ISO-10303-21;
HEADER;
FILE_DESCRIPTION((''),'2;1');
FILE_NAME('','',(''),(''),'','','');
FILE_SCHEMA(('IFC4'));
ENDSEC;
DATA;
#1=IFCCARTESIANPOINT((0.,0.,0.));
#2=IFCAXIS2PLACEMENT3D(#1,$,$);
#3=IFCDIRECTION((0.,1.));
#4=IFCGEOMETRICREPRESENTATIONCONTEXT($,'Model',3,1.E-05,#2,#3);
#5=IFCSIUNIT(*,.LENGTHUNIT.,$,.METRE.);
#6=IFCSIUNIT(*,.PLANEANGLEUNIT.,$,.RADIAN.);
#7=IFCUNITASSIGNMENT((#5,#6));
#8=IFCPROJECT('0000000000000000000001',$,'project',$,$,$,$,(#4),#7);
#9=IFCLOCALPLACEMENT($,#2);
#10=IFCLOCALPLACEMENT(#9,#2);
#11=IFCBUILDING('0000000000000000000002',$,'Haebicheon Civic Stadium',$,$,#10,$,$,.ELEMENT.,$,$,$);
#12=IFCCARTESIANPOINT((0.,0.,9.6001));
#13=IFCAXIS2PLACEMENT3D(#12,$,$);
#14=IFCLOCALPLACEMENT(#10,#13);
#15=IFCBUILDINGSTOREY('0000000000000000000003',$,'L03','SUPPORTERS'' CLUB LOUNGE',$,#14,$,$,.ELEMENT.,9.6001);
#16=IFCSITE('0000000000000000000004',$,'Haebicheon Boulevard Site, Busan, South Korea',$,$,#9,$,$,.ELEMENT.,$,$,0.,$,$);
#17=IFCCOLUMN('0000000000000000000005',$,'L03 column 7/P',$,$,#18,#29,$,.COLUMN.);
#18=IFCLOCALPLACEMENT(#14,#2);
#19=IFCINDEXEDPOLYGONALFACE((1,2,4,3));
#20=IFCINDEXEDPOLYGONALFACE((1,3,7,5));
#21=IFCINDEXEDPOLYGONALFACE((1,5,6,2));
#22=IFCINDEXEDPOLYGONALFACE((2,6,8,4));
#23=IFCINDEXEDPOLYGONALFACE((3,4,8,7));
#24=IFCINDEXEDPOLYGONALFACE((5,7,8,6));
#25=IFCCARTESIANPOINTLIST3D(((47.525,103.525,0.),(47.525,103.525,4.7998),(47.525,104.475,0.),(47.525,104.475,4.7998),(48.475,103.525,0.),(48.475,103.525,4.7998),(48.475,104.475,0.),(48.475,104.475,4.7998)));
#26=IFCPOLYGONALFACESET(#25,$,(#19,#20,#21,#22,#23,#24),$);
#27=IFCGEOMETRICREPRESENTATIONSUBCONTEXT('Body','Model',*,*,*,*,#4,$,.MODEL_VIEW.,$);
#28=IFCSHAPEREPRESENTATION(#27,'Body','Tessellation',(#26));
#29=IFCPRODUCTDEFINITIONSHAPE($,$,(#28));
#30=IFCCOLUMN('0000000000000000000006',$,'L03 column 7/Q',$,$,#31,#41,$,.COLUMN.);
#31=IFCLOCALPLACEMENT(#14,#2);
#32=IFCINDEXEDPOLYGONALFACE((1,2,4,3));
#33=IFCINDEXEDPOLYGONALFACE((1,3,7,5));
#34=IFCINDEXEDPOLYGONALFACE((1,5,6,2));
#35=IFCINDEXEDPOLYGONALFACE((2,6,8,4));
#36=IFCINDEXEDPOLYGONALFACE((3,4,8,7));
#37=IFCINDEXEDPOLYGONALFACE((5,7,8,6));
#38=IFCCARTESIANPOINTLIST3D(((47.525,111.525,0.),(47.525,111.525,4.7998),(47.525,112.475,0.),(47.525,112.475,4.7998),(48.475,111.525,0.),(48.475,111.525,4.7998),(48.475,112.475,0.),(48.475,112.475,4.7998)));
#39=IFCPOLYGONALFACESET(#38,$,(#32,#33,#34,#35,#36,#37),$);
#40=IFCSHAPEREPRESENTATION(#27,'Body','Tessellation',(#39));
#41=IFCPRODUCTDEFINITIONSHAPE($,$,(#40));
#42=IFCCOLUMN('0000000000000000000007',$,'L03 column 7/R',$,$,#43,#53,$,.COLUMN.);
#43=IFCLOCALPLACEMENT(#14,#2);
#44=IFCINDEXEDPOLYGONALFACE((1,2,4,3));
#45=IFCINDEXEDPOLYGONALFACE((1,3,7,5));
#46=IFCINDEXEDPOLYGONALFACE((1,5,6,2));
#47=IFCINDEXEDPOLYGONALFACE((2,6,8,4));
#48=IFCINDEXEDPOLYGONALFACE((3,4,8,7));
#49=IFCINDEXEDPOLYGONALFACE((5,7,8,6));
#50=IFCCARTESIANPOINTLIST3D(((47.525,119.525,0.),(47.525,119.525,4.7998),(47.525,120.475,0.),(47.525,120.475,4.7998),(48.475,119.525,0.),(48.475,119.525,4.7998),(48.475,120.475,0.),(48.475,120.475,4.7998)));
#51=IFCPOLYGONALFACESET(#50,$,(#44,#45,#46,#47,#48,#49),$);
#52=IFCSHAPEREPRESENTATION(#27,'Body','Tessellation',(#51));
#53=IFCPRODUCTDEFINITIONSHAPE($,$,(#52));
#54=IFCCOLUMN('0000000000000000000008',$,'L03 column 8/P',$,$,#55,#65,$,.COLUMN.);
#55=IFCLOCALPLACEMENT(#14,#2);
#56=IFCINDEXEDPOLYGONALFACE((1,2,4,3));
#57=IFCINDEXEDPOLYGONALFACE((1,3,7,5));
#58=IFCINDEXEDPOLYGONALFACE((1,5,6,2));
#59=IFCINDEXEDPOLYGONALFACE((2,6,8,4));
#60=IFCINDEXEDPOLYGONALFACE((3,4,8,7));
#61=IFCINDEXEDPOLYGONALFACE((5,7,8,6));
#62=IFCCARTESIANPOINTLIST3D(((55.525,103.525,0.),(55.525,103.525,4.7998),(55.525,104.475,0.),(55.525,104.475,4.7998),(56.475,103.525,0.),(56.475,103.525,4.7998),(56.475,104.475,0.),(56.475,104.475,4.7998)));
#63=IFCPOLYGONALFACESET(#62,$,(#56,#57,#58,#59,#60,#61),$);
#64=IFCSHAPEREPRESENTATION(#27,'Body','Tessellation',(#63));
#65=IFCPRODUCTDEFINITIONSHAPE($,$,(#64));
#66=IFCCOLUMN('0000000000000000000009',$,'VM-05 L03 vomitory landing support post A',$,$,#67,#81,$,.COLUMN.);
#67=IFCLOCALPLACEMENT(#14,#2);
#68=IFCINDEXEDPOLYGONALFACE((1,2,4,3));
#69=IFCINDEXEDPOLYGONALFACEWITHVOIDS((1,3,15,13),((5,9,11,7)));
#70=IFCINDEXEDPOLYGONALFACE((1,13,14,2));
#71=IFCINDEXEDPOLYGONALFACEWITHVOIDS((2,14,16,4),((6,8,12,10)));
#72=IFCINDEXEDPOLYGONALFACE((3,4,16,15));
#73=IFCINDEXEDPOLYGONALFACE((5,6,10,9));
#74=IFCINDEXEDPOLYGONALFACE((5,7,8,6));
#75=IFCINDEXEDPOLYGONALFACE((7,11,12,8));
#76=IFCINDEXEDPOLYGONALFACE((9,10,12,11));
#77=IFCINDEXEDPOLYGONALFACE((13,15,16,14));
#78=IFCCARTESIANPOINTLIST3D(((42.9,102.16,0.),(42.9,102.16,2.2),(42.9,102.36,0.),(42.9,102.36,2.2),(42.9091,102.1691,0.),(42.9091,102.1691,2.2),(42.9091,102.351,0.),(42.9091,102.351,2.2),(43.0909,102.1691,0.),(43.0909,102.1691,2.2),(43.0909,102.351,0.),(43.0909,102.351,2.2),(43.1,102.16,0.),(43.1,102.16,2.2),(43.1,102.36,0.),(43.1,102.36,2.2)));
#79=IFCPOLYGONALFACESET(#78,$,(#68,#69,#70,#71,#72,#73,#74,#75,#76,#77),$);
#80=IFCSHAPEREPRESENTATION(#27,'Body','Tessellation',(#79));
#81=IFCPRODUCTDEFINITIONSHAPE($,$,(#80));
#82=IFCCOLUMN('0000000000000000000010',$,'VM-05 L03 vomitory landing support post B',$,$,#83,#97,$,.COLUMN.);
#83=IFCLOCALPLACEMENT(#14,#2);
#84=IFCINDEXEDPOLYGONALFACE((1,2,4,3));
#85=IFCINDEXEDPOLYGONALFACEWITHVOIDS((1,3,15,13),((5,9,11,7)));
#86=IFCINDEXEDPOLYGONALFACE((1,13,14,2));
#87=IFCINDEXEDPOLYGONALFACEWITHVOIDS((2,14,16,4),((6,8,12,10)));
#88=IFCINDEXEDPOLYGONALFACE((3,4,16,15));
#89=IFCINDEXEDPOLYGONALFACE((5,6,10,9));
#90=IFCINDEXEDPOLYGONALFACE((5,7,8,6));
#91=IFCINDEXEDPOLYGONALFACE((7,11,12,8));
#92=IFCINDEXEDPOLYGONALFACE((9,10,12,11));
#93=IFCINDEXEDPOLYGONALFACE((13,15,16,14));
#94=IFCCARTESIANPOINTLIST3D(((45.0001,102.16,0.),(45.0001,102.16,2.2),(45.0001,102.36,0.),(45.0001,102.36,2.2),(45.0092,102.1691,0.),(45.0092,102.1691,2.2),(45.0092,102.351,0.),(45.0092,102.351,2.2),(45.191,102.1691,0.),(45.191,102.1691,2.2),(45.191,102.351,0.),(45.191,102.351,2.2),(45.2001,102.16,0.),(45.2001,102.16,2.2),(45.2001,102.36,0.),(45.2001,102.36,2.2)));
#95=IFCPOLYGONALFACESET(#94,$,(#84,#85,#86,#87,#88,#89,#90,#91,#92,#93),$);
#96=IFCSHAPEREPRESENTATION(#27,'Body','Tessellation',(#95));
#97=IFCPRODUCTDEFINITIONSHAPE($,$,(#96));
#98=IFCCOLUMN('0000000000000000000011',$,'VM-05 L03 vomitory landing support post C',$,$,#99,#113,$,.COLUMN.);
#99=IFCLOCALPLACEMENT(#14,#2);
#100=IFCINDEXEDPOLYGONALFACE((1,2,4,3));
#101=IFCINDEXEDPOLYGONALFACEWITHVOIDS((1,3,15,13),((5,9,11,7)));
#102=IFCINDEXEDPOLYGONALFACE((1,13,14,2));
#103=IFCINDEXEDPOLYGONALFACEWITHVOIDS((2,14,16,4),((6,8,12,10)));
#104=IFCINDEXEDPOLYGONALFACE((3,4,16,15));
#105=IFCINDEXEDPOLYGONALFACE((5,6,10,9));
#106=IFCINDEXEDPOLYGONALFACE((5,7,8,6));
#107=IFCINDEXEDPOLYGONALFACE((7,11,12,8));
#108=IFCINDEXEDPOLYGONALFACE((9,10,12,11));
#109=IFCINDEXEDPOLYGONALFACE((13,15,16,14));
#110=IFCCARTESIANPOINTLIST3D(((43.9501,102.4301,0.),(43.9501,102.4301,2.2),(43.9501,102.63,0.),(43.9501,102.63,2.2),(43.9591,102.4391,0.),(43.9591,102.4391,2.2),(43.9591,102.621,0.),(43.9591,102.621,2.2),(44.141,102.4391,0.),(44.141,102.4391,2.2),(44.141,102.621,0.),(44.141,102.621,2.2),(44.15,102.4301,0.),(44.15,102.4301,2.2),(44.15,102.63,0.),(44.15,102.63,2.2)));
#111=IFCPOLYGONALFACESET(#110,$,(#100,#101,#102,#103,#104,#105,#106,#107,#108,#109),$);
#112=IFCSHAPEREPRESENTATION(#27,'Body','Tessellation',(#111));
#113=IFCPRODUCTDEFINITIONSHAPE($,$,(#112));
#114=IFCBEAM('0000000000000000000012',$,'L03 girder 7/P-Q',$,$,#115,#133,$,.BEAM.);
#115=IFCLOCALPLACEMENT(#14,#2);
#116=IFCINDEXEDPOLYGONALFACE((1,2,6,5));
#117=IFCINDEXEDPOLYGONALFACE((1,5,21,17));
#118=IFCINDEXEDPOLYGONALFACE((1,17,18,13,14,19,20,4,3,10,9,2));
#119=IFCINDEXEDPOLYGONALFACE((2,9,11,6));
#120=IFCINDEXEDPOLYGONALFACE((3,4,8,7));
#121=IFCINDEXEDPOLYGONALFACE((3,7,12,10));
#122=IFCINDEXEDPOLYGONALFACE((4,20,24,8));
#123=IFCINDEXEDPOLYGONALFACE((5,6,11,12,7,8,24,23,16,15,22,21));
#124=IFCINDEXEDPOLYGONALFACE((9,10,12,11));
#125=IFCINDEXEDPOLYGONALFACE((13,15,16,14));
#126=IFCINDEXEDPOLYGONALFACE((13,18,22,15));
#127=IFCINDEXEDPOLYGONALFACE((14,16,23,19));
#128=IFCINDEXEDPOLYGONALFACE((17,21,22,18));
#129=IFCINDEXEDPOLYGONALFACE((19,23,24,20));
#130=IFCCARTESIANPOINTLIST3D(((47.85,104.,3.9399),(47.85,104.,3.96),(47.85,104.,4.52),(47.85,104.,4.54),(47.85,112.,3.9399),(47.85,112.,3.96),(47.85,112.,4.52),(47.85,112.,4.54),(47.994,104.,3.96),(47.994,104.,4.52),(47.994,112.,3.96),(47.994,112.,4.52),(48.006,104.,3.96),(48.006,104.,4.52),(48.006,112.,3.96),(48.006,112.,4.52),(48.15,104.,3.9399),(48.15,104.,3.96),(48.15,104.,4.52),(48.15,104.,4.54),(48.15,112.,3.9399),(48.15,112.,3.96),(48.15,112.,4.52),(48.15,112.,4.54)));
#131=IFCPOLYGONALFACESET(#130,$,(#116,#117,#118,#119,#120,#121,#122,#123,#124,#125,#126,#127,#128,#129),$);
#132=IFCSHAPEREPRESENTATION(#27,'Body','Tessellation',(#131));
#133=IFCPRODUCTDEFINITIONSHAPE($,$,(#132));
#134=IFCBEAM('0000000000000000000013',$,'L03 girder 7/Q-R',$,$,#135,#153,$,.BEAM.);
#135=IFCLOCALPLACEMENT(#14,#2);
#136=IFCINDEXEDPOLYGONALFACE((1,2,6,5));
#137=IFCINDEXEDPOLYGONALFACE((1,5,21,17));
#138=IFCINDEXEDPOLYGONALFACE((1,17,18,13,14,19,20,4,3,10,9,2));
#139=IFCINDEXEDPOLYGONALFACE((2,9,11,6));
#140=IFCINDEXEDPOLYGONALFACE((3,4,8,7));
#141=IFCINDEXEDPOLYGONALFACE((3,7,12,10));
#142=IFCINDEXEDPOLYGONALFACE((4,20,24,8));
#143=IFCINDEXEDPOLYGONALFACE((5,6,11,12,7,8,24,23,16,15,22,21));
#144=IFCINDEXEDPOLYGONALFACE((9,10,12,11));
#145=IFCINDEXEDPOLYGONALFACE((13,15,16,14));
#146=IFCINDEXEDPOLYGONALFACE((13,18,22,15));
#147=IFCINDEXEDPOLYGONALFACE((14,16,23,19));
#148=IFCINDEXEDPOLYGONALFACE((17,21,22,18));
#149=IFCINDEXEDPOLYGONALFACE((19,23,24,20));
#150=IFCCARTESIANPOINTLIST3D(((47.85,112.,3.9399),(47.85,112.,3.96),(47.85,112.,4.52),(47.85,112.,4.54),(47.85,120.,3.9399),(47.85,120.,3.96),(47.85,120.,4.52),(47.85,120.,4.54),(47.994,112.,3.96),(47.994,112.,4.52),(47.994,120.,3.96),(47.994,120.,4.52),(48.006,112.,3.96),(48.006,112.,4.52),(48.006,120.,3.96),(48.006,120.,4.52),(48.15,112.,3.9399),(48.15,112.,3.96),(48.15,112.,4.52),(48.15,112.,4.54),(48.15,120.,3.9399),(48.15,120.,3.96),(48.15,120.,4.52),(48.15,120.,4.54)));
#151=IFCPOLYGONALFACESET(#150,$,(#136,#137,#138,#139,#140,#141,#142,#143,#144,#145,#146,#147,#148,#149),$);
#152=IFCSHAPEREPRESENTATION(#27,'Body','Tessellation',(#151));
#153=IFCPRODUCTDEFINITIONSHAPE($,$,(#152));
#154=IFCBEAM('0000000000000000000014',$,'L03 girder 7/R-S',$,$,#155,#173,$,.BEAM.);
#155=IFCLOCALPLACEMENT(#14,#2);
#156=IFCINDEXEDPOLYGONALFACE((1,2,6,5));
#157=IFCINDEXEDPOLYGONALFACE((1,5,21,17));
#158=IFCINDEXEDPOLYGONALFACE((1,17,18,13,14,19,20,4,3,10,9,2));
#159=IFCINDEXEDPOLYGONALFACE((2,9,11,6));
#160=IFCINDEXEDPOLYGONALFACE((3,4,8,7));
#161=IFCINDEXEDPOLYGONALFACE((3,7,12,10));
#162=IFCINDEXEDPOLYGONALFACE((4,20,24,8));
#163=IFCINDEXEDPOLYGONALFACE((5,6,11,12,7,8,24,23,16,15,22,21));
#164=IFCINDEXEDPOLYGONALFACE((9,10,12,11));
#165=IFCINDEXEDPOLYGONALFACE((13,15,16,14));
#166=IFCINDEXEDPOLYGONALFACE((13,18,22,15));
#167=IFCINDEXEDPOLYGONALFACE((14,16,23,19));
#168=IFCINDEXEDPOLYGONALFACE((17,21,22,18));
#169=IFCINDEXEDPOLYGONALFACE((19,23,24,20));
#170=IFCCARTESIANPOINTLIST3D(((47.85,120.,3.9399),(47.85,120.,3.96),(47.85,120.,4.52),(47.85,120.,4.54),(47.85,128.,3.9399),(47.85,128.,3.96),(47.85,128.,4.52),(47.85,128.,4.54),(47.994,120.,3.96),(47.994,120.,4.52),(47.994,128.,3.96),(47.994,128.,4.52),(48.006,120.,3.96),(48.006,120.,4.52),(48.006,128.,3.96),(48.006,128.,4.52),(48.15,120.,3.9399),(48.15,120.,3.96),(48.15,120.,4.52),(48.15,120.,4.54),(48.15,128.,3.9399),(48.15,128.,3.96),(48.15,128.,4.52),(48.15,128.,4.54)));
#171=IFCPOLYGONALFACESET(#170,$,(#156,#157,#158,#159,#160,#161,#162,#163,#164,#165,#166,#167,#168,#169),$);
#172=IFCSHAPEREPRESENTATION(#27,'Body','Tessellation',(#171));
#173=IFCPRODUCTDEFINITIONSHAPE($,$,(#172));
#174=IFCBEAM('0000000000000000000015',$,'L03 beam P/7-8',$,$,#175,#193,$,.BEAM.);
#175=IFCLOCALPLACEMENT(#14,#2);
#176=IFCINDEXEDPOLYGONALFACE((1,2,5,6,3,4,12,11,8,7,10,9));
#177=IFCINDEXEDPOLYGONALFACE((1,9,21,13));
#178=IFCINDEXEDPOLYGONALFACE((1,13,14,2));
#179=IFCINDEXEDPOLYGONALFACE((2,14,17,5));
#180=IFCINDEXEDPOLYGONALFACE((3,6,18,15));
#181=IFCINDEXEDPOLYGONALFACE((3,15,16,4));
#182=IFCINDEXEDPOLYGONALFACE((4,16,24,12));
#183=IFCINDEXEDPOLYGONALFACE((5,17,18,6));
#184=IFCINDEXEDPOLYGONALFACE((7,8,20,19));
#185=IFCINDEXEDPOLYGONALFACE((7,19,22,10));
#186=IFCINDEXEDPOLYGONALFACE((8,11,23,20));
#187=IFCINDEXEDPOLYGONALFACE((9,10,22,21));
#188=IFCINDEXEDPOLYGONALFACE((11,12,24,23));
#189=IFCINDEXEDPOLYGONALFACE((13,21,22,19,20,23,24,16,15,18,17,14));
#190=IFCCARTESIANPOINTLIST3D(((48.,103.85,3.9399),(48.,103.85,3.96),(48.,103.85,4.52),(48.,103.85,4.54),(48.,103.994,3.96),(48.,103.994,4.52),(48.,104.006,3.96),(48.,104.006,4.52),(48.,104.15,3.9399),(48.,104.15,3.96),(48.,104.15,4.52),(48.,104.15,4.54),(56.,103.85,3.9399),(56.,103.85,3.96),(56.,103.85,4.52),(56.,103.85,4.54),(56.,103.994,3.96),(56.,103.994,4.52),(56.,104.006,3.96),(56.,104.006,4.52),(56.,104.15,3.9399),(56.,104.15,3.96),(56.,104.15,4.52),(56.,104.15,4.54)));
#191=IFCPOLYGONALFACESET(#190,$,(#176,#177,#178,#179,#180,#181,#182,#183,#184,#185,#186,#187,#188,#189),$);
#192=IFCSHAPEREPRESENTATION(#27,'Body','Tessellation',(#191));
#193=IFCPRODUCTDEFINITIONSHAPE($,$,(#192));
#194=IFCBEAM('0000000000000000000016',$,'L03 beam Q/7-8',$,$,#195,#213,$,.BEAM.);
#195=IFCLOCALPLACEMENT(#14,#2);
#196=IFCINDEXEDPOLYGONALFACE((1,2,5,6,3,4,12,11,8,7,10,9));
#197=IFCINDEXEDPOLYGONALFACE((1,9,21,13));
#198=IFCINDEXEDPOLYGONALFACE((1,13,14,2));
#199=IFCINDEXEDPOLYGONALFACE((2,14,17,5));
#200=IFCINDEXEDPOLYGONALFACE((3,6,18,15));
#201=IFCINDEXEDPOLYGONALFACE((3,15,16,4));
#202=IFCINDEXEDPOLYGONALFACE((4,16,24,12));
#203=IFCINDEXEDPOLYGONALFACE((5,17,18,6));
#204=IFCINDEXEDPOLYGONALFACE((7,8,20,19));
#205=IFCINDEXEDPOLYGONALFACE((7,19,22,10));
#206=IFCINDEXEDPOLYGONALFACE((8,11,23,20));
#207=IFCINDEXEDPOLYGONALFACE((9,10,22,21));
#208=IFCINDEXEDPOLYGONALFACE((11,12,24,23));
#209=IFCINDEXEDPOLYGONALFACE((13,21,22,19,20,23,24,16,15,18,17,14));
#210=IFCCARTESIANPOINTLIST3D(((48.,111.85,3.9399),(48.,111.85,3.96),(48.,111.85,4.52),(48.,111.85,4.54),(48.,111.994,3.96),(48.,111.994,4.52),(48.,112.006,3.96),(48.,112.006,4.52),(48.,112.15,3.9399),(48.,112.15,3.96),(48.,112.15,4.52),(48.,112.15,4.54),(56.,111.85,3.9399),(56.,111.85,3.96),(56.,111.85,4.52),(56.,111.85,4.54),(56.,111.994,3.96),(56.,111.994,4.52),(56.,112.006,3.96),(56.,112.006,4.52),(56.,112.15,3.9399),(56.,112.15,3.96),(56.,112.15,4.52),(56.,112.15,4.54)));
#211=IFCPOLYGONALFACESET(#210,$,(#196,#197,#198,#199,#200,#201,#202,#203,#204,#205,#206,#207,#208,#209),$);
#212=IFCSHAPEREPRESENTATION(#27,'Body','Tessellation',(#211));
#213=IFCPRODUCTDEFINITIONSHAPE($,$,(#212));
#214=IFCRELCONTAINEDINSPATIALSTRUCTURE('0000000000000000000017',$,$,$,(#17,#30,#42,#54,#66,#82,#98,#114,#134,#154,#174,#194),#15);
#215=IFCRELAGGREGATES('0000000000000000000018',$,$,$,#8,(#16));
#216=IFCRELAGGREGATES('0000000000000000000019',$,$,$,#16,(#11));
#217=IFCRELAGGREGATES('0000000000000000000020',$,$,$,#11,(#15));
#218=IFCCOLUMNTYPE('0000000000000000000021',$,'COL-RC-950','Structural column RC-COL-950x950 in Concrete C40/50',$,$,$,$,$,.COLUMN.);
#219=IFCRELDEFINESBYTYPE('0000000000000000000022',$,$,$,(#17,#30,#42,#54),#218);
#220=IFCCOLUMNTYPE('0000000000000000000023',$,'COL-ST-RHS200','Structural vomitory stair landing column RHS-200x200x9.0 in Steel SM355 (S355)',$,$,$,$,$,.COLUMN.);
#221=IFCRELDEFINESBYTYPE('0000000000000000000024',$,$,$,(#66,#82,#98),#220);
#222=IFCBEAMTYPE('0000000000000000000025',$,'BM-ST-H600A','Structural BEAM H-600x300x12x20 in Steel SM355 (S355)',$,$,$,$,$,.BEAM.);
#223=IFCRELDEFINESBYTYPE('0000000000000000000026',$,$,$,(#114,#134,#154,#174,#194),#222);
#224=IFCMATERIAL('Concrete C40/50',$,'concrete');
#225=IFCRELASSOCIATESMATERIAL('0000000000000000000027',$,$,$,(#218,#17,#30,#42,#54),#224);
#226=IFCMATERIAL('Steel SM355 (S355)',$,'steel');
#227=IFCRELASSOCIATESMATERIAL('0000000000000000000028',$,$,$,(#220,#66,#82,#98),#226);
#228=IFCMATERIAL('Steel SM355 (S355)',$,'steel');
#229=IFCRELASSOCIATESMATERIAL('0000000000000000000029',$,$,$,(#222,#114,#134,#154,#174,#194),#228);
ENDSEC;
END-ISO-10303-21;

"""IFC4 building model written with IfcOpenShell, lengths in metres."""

from ifc_helpers import new_model, si_unit, direction, frame, origin, origin_2d, place, context, subcontext, project, spatial, rectangle, hollow_rectangle, i_section, extrude, material, material_profile, profile_set, type_object, element, save


model = new_model("IFC4")

# Units and contexts
model_context = context("Model", 3, precision=1e-05, world=origin(), true_north=direction((0.0, 1.0)))
body_context = subcontext(model_context, "Body", "Model", "MODEL_VIEW")
ifc_project = project(units=[si_unit("LENGTHUNIT", "METRE"), si_unit("PLANEANGLEUNIT", "RADIAN")], contexts=[model_context])

# Site, building, storey
site_placement = place(None, origin())
site = spatial("IfcSite", under=ifc_project, at=site_placement, Name="Haebicheon Boulevard Site, Busan, South Korea", CompositionType="ELEMENT", RefElevation=0.0)
building_placement = place(site_placement, origin())
building = spatial("IfcBuilding", under=site, at=building_placement, Name="Haebicheon Civic Stadium", CompositionType="ELEMENT")
storey_placement = place(building_placement, frame((0.0, 0.0, 9.6001)))
storey = spatial("IfcBuildingStorey", under=building, at=storey_placement, Name="L03", Description="SUPPORTERS' CLUB LOUNGE", CompositionType="ELEMENT", Elevation=9.6001)

# Columns
ifc_material_1 = material(Name="Concrete C40/50", Category="concrete")
ifc_material_profile_1 = material_profile(ifc_material_1, rectangle(XDim=0.95, YDim=0.95, at=origin_2d()), Name="RC-COL-950x950")
ifc_profile_set_1 = profile_set([ifc_material_profile_1], Name="Concrete C40/50")
column_type_1 = type_object("IfcColumnType", Name="COL-RC-950", Description="Structural column RC-COL-950x950 in Concrete C40/50", PredefinedType="COLUMN", material=ifc_profile_set_1)
for number, where, z_axis, x_axis, name in (
    (1, (48.0, 104.0, 0.0), (0.0, 0.0, 1.0), (1.0, 0.0, 0.0), "L03 column 7/P"),
    (2, (48.0, 112.0, 0.0), (0.0, 0.0, 1.0), (1.0, 0.0, 0.0), "L03 column 7/Q"),
    (3, (48.0, 120.0, 0.0), (0.0, 0.0, 1.0), (1.0, 0.0, 0.0), "L03 column 7/R"),
    (4, (56.0, 104.0, 0.0), (0.0, 0.0, 1.0), (1.0, 0.0, 0.0), "L03 column 8/P"),
):
    element("IfcColumn", number, at=place(storey_placement, frame(where, z_axis=z_axis, x_axis=x_axis)), inside=storey, type_object=column_type_1, material=ifc_profile_set_1, Name=name, PredefinedType="COLUMN", context=body_context, shape_type="SweptSolid", body=[
        extrude(rectangle(XDim=0.95, YDim=0.95, at=origin_2d()), origin(), (0.0, 0.0, 1.0), 4.7998),
    ])
ifc_material_2 = material(Name="Steel SM355 (S355)", Category="steel")
ifc_material_profile_2 = material_profile(ifc_material_2, hollow_rectangle(XDim=0.2, YDim=0.2, WallThickness=0.009, at=origin_2d()), Name="RHS-200x200x9.0")
ifc_profile_set_2 = profile_set([ifc_material_profile_2], Name="Steel SM355 (S355)")
column_type_2 = type_object("IfcColumnType", Name="COL-ST-RHS200", Description="Structural vomitory stair landing column RHS-200x200x9.0 in Steel SM355 (S355)", PredefinedType="COLUMN", material=ifc_profile_set_2)
for number, where, z_axis, x_axis, name in (
    (5, (43.0, 102.26, 0.0), (0.0, 0.0, 1.0), (1.0, 0.0, 0.0), "VM-05 L03 vomitory landing support post A"),
    (6, (45.1001, 102.26, 0.0), (0.0, 0.0, 1.0), (1.0, 0.0, 0.0), "VM-05 L03 vomitory landing support post B"),
    (7, (44.05, 102.53, 0.0), (0.0, 0.0, 1.0), (1.0, 0.0, 0.0), "VM-05 L03 vomitory landing support post C"),
):
    element("IfcColumn", number, at=place(storey_placement, frame(where, z_axis=z_axis, x_axis=x_axis)), inside=storey, type_object=column_type_2, material=ifc_profile_set_2, Name=name, PredefinedType="COLUMN", context=body_context, shape_type="SweptSolid", body=[
        extrude(hollow_rectangle(XDim=0.2, YDim=0.2, WallThickness=0.009, at=origin_2d()), origin(), (0.0, 0.0, 1.0), 2.2),
    ])

# Beams
ifc_material_3 = material(Name="Steel SM355 (S355)", Category="steel")
ifc_material_profile_3 = material_profile(ifc_material_3, i_section(OverallWidth=0.3, OverallDepth=0.6001, WebThickness=0.012, FlangeThickness=0.02, at=origin_2d()), Name="H-600x300x12x20")
ifc_profile_set_3 = profile_set([ifc_material_profile_3], Name="Steel SM355 (S355)")
beam_type_1 = type_object("IfcBeamType", Name="BM-ST-H600A", Description="Structural BEAM H-600x300x12x20 in Steel SM355 (S355)", PredefinedType="BEAM", material=ifc_profile_set_3)
for number, where, z_axis, x_axis, name in (
    (8, (48.0, 104.0, 4.24), (0.0, 1.0, 0.0), (-1.0, 0.0, 0.0), "L03 girder 7/P-Q"),
    (9, (48.0, 112.0, 4.24), (0.0, 1.0, 0.0), (-1.0, 0.0, 0.0), "L03 girder 7/Q-R"),
    (10, (48.0, 120.0, 4.24), (0.0, 1.0, 0.0), (-1.0, 0.0, 0.0), "L03 girder 7/R-S"),
    (11, (48.0, 104.0, 4.24), (1.0, 0.0, 0.0), (0.0, 1.0, 0.0), "L03 beam P/7-8"),
    (12, (48.0, 112.0, 4.24), (1.0, 0.0, 0.0), (0.0, 1.0, 0.0), "L03 beam Q/7-8"),
):
    element("IfcBeam", number, at=place(storey_placement, frame(where, z_axis=z_axis, x_axis=x_axis)), inside=storey, type_object=beam_type_1, material=ifc_profile_set_3, Name=name, PredefinedType="BEAM", context=body_context, shape_type="SweptSolid", body=[
        extrude(i_section(OverallWidth=0.3, OverallDepth=0.6001, WebThickness=0.012, FlangeThickness=0.02, at=origin_2d()), origin(), (0.0, 0.0, 1.0), 8.0),
    ])

save(model, "model.ifc")
